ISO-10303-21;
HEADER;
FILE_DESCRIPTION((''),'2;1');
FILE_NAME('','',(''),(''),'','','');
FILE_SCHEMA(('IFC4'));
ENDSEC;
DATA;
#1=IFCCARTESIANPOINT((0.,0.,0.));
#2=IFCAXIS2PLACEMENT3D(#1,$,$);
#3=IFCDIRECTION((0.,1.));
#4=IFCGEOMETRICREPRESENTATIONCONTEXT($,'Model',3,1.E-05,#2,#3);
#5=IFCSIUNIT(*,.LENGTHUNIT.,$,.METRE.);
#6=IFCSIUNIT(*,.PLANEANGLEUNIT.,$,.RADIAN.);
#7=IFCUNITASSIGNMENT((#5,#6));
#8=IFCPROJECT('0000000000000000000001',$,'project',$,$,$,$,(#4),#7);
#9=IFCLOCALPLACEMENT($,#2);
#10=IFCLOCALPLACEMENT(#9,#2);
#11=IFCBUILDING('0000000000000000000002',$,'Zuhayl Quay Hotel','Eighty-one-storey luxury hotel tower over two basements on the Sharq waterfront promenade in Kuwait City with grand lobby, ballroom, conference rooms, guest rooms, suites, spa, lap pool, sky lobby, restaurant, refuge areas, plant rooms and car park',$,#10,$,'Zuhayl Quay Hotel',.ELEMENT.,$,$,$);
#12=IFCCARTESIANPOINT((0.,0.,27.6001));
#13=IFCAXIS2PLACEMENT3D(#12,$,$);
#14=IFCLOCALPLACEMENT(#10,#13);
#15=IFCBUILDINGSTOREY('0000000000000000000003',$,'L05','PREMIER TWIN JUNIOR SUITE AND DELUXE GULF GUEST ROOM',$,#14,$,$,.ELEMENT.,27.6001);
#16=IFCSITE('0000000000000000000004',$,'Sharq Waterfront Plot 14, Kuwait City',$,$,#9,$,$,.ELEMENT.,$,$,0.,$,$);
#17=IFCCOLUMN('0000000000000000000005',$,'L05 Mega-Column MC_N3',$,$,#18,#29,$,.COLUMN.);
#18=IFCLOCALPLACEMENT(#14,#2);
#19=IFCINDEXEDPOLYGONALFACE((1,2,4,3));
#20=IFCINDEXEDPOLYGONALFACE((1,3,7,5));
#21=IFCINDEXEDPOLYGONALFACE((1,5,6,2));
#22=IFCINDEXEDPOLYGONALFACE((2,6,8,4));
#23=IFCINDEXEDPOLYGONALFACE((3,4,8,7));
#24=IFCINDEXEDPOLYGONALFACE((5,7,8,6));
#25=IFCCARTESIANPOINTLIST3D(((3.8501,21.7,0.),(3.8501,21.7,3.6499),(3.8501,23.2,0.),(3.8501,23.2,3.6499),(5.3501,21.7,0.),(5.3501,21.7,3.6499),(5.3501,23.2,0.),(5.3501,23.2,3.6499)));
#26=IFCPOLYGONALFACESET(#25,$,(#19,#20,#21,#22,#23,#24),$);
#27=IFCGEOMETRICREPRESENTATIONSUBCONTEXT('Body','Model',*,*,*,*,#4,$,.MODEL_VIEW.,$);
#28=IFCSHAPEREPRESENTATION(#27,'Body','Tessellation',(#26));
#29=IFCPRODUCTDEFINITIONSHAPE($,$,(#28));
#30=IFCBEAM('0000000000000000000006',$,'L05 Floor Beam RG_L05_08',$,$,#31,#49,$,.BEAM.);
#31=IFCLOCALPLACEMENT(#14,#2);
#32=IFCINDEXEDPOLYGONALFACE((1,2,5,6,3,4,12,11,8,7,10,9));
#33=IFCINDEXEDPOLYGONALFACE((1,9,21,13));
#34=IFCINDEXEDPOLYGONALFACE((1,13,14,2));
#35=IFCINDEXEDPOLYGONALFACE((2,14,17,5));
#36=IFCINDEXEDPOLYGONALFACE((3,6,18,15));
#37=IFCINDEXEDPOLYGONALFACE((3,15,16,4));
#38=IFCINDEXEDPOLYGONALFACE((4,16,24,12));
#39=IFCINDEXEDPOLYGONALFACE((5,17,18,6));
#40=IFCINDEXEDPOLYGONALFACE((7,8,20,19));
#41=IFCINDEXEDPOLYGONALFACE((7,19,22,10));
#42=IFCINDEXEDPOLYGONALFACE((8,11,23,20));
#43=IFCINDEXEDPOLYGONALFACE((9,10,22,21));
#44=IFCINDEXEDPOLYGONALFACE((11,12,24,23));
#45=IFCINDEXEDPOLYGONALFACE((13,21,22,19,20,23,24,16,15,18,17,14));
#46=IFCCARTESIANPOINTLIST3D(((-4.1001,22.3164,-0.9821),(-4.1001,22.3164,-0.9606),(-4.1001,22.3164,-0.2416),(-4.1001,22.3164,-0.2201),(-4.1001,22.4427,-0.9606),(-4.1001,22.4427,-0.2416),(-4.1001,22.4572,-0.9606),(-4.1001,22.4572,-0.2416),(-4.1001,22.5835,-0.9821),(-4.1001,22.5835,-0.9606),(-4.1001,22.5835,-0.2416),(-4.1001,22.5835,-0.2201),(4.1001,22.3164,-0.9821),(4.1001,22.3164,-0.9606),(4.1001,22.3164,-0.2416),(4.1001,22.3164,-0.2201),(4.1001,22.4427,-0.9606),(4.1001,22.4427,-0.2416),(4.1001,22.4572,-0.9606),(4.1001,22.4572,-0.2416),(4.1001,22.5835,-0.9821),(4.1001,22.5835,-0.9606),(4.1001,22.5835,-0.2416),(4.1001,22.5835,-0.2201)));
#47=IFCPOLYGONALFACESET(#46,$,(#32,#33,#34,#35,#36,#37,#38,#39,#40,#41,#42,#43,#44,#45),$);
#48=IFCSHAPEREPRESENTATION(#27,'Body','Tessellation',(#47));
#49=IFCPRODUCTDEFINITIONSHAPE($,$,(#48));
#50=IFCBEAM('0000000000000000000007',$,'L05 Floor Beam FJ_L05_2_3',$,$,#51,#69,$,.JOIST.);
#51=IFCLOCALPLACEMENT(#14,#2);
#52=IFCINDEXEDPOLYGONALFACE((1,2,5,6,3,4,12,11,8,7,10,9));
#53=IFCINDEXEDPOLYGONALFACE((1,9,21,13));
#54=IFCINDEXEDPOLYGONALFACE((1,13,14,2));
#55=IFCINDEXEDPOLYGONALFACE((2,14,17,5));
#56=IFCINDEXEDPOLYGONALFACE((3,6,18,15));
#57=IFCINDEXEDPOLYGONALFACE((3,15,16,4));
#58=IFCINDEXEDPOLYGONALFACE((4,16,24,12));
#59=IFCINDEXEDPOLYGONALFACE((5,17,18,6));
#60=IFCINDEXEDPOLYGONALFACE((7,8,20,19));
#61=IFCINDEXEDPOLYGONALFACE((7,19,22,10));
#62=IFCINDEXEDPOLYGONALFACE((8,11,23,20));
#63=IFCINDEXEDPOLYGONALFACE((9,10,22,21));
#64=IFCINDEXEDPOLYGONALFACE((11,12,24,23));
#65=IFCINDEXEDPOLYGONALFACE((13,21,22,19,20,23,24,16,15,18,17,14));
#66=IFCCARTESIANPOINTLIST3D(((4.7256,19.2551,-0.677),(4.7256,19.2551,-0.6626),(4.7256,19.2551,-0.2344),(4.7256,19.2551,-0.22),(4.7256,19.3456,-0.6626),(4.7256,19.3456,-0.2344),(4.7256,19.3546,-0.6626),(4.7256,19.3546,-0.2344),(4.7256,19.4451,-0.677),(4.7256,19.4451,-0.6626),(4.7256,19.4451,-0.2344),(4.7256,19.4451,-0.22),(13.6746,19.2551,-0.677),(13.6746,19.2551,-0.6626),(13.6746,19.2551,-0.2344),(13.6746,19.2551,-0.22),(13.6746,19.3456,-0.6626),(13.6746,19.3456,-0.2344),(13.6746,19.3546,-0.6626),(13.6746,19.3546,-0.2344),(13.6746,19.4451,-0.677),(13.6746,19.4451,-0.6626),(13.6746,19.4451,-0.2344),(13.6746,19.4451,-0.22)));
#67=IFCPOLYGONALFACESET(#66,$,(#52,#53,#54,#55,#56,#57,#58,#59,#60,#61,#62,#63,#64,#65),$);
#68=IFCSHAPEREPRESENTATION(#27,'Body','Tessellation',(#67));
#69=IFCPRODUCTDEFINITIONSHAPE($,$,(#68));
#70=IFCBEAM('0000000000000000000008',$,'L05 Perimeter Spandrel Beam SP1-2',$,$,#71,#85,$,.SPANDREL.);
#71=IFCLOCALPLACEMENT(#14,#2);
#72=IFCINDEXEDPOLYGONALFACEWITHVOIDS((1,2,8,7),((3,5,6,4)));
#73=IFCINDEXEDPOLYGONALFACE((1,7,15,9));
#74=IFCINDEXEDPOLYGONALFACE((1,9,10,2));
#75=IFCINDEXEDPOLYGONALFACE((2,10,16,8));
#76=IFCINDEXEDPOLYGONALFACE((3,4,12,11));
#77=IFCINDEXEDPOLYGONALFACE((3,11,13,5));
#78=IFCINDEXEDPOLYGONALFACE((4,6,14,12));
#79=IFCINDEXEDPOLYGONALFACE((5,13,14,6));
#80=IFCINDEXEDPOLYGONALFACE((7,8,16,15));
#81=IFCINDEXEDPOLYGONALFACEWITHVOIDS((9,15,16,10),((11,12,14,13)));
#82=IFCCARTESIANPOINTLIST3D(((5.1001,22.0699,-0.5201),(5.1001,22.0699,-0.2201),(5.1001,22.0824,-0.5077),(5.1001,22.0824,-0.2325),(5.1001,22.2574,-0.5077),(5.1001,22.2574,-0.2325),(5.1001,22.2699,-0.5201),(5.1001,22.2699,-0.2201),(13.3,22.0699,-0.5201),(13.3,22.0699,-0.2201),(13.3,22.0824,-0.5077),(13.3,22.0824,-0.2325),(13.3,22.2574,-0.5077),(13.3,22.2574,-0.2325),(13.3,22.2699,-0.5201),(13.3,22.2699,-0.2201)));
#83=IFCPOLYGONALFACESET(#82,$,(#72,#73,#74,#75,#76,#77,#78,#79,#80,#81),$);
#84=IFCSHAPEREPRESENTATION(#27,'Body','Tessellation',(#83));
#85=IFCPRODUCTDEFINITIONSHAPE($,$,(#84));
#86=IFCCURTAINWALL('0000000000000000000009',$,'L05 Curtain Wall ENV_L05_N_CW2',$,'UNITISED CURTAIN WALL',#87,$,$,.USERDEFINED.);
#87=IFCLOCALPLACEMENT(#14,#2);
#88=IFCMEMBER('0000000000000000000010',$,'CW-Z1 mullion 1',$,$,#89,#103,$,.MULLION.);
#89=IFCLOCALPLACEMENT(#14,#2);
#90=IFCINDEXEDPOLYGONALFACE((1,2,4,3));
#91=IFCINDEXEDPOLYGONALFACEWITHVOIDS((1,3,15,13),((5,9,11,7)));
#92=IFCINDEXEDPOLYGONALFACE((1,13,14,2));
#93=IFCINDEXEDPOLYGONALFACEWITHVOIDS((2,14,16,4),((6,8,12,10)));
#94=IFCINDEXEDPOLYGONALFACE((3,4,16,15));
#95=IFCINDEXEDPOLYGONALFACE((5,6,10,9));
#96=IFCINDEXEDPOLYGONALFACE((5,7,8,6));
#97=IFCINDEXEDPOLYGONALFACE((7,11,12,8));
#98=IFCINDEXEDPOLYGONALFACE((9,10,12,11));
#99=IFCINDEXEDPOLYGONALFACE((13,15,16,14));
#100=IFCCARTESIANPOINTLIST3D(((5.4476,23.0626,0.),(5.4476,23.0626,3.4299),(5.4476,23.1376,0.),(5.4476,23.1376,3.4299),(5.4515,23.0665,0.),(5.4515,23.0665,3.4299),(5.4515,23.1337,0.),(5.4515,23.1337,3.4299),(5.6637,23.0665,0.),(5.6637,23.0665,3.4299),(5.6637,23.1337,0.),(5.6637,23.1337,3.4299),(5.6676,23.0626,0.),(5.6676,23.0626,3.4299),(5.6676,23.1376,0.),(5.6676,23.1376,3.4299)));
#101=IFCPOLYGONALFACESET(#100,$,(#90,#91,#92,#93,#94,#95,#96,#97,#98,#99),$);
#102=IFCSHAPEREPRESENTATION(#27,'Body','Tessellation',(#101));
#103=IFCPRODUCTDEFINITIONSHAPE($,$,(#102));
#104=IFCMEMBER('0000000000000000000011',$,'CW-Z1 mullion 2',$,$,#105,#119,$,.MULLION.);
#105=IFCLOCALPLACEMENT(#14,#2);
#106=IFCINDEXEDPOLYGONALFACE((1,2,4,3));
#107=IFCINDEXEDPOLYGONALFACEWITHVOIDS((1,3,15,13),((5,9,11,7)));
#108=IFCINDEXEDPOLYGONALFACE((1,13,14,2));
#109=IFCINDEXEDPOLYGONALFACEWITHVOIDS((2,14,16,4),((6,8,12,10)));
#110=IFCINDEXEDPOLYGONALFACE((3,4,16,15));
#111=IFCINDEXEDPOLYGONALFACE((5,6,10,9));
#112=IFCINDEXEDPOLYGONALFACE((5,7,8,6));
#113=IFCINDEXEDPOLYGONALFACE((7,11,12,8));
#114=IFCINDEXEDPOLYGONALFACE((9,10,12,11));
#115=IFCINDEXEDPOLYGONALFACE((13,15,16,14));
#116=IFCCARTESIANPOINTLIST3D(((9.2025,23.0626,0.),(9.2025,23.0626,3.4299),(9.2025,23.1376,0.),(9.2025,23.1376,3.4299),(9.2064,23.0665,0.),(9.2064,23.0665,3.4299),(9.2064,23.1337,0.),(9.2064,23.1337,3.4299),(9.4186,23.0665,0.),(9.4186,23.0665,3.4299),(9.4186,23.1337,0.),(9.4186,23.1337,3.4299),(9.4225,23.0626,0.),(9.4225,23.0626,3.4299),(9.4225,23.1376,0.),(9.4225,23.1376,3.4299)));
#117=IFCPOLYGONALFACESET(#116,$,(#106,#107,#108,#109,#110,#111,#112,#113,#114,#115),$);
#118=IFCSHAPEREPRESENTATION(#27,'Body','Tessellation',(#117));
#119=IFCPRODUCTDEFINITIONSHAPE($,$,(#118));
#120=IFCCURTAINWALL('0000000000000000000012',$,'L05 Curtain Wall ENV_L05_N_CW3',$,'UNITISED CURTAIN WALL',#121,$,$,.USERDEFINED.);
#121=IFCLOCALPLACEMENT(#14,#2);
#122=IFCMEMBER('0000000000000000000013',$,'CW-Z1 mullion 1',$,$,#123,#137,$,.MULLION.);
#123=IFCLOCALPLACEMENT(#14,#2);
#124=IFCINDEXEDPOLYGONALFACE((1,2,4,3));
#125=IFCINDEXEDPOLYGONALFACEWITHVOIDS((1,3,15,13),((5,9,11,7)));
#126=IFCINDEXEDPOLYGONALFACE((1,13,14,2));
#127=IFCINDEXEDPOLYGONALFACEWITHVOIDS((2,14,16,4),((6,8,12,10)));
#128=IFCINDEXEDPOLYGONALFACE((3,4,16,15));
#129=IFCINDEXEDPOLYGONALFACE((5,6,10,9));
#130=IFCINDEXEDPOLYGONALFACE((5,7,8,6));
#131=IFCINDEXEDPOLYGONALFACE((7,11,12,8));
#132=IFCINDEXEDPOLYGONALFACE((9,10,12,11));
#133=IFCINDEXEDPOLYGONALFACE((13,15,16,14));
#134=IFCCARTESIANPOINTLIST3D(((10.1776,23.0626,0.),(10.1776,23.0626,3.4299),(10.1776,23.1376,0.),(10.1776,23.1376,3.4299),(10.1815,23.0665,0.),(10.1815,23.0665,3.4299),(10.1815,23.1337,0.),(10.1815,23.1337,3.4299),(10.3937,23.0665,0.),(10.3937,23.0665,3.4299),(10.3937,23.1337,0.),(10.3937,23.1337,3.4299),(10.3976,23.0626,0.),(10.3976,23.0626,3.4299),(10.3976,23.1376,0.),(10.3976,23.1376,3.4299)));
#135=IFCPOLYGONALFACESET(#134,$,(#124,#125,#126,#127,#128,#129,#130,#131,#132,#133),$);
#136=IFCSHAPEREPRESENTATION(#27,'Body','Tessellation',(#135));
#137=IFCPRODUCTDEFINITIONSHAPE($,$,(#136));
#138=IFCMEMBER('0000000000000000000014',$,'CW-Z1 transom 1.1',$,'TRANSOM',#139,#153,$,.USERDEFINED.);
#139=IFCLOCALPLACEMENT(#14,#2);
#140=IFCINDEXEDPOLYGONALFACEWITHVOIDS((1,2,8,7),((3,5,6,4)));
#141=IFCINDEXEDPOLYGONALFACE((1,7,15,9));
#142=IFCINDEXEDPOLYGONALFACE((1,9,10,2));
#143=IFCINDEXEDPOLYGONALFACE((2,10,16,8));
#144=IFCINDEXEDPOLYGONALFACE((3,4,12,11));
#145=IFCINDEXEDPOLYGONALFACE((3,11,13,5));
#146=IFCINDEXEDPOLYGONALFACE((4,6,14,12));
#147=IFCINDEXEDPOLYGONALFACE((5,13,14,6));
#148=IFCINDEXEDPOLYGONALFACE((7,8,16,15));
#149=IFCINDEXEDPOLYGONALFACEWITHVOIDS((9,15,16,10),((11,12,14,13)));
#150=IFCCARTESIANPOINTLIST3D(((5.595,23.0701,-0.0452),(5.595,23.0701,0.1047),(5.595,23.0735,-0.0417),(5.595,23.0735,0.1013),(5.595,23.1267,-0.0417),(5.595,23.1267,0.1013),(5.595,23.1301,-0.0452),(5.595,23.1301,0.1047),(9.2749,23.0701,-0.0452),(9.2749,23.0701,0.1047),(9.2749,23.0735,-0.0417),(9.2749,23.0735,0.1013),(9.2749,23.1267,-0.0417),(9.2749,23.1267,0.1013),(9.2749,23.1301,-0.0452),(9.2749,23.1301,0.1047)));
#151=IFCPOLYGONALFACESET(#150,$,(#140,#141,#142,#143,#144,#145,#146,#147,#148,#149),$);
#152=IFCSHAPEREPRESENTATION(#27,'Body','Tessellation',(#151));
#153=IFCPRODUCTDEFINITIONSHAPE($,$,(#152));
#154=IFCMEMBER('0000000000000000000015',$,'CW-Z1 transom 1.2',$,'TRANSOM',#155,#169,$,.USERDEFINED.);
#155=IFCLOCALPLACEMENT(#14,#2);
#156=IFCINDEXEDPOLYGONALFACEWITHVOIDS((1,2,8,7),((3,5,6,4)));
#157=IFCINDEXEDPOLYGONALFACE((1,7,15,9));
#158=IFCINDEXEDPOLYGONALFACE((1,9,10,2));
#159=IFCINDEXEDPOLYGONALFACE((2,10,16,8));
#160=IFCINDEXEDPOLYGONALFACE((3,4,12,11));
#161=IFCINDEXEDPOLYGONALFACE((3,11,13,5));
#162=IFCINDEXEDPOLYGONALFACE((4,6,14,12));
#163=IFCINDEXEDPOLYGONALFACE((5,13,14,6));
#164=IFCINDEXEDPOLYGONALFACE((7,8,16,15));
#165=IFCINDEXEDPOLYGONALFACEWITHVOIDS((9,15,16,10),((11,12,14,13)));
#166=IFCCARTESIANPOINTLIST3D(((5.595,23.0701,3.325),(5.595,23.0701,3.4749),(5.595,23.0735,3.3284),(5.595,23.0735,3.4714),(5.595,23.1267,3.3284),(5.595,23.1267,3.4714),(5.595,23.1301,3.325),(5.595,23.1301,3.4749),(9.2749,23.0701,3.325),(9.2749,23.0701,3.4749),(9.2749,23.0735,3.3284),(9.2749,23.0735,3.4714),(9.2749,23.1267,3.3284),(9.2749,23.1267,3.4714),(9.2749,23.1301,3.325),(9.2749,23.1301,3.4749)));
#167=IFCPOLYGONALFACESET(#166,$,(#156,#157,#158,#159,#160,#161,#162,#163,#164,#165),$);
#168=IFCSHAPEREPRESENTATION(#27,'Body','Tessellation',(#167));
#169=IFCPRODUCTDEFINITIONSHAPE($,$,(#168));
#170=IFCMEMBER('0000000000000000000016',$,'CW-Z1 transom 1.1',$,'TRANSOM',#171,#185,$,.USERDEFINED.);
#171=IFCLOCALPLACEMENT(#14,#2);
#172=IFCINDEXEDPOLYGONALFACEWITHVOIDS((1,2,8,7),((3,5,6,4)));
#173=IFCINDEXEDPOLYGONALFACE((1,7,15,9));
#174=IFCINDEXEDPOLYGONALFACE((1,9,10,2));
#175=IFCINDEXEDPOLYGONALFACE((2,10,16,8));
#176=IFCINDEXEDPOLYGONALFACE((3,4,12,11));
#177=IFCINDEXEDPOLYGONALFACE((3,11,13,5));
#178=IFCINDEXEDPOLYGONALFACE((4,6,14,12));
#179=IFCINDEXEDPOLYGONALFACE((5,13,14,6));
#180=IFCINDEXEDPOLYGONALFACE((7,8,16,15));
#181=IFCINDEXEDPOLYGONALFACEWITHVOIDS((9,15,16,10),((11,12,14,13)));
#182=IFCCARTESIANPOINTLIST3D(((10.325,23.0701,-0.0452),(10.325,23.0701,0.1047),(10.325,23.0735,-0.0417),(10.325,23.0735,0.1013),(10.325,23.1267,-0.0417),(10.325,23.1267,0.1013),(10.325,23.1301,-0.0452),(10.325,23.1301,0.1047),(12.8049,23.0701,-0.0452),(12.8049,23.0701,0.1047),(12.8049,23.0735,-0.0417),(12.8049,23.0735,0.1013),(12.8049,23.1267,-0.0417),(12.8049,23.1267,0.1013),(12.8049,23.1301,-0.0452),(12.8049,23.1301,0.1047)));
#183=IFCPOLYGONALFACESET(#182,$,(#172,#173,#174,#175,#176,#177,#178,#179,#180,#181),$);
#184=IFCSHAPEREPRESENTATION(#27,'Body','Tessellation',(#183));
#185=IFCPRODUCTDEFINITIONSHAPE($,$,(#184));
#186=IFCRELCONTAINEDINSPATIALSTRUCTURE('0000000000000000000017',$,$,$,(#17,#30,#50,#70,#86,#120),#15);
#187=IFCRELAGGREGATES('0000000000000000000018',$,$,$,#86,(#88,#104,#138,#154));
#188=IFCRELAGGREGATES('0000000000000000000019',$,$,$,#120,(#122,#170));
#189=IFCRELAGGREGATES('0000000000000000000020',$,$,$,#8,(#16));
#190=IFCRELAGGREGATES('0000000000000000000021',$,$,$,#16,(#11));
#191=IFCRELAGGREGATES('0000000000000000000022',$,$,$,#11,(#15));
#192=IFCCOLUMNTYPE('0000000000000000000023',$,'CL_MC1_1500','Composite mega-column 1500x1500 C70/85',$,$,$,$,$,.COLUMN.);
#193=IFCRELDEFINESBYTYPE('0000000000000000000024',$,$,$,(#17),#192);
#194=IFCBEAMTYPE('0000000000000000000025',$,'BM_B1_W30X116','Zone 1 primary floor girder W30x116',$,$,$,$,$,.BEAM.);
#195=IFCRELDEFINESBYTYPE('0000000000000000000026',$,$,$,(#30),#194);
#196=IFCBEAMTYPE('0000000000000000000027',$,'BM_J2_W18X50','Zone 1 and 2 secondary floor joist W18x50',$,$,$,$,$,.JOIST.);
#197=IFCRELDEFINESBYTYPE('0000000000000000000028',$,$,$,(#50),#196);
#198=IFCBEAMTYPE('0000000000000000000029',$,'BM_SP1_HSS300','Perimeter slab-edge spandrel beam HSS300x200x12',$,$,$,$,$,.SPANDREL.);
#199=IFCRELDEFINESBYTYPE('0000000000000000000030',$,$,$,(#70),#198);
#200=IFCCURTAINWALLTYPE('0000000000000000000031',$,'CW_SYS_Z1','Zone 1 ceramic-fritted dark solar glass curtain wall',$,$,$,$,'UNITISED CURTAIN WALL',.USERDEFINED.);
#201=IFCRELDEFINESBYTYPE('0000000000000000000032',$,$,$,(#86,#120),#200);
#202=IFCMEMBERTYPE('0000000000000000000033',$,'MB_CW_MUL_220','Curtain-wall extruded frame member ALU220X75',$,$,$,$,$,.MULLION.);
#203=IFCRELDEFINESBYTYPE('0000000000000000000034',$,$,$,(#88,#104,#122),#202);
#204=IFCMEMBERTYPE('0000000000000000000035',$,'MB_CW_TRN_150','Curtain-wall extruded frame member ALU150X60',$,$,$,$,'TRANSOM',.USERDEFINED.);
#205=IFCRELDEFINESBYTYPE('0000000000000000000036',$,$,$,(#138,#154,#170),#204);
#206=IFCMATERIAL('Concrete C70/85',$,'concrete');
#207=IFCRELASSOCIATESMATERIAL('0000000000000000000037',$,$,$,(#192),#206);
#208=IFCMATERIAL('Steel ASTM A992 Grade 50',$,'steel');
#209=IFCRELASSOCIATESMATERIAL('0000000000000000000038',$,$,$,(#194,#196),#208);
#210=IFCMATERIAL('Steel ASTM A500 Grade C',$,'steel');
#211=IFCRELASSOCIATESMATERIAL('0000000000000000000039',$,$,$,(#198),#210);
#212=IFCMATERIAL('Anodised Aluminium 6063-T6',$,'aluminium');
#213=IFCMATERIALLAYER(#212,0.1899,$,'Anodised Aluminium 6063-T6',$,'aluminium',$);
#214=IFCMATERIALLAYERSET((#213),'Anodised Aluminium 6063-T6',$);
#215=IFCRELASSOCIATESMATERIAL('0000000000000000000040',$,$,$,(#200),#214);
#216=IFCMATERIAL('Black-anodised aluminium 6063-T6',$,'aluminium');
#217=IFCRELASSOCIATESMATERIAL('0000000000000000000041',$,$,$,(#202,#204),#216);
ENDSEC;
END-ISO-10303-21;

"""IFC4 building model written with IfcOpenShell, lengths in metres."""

from ifc_helpers import new_model, si_unit, direction, frame, origin, origin_2d, place, context, subcontext, project, spatial, rectangle, hollow_rectangle, i_section, extrude, material, layer, layer_set, material_profile, profile_set, type_object, element, aggregate, save


model = new_model("IFC4")

# Units and contexts
model_context = context("Model", 3, precision=1e-05, world=origin(), true_north=direction((0.0, 1.0)))
body_context = subcontext(model_context, "Body", "Model", "MODEL_VIEW")
ifc_project = project(units=[si_unit("LENGTHUNIT", "METRE"), si_unit("PLANEANGLEUNIT", "RADIAN")], contexts=[model_context])

# Site, building, storey
site_placement = place(None, origin())
site = spatial("IfcSite", under=ifc_project, at=site_placement, Name="Sharq Waterfront Plot 14, Kuwait City", CompositionType="ELEMENT", RefElevation=0.0)
building_placement = place(site_placement, origin())
building = spatial("IfcBuilding", under=site, at=building_placement, Name="Zuhayl Quay Hotel", Description="Eighty-one-storey luxury hotel tower over two basements on the Sharq waterfront promenade in Kuwait City with grand lobby, ballroom, conference rooms, guest rooms, suites, spa, lap pool, sky lobby, restaurant, refuge areas, plant rooms and car park", LongName="Zuhayl Quay Hotel", CompositionType="ELEMENT")
storey_placement = place(building_placement, frame((0.0, 0.0, 27.6001)))
storey = spatial("IfcBuildingStorey", under=building, at=storey_placement, Name="L05", Description="PREMIER TWIN JUNIOR SUITE AND DELUXE GULF GUEST ROOM", CompositionType="ELEMENT", Elevation=27.6001)

# Column
ifc_material_1 = material(Name="Concrete C70/85", Category="concrete")
ifc_material_profile_1 = material_profile(ifc_material_1, rectangle(XDim=1.5, YDim=1.5, at=origin_2d()), Name="RC1500X1500")
ifc_profile_set_1 = profile_set([ifc_material_profile_1], Name="Concrete C70/85")
column_type = type_object("IfcColumnType", Name="CL_MC1_1500", Description="Composite mega-column 1500x1500 C70/85", PredefinedType="COLUMN", material=ifc_profile_set_1)
column_placement = place(storey_placement, frame((4.6001, 22.45, 0.0), z_axis=(0.0, 0.0, 1.0), x_axis=(1.0, 0.0, 0.0)))
element("IfcColumn", 1, at=column_placement, inside=storey, type_object=column_type, Name="L05 Mega-Column MC_N3", PredefinedType="COLUMN", context=body_context, shape_type="SweptSolid", body=[
    extrude(rectangle(XDim=1.5, YDim=1.5, at=origin_2d()), origin(), (0.0, 0.0, 1.0), 3.6499),
])

# Beams
ifc_material_2 = material(Name="Steel ASTM A992 Grade 50", Category="steel")
ifc_material_profile_2 = material_profile(ifc_material_2, i_section(OverallWidth=0.2671, OverallDepth=0.762, WebThickness=0.0144, FlangeThickness=0.0215, at=origin_2d()), Name="W30X116")
ifc_profile_set_2 = profile_set([ifc_material_profile_2], Name="Steel ASTM A992 Grade 50")
beam_type_1 = type_object("IfcBeamType", Name="BM_B1_W30X116", Description="Zone 1 primary floor girder W30x116", PredefinedType="BEAM", material=ifc_profile_set_2)
beam_1_placement = place(storey_placement, frame((4.1001, 22.45, -0.6011), z_axis=(-1.0, 0.0, 0.0), x_axis=(0.0, -1.0, 0.0)))
element("IfcBeam", 2, at=beam_1_placement, inside=storey, type_object=beam_type_1, Name="L05 Floor Beam RG_L05_08", PredefinedType="BEAM", context=body_context, shape_type="SweptSolid", body=[
    extrude(i_section(OverallWidth=0.2671, OverallDepth=0.762, WebThickness=0.0144, FlangeThickness=0.0215, at=origin_2d()), origin(), (0.0, 0.0, 1.0), 8.2002),
])
ifc_material_profile_3 = material_profile(ifc_material_2, i_section(OverallWidth=0.1899, OverallDepth=0.457, WebThickness=0.009, FlangeThickness=0.0144, at=origin_2d()), Name="W18X50")
ifc_profile_set_3 = profile_set([ifc_material_profile_3], Name="Steel ASTM A992 Grade 50")
beam_type_2 = type_object("IfcBeamType", Name="BM_J2_W18X50", Description="Zone 1 and 2 secondary floor joist W18x50", PredefinedType="JOIST", material=ifc_profile_set_3)
beam_2_placement = place(storey_placement, frame((4.7256, 19.3501, -0.4485), z_axis=(1.0, 0.0, 0.0), x_axis=(0.0, 1.0, 0.0)))
element("IfcBeam", 3, at=beam_2_placement, inside=storey, type_object=beam_type_2, Name="L05 Floor Beam FJ_L05_2_3", PredefinedType="JOIST", context=body_context, shape_type="SweptSolid", body=[
    extrude(i_section(OverallWidth=0.1899, OverallDepth=0.457, WebThickness=0.009, FlangeThickness=0.0144, at=origin_2d()), origin(), (0.0, 0.0, 1.0), 8.949),
])
ifc_material_3 = material(Name="Steel ASTM A500 Grade C", Category="steel")
ifc_material_profile_4 = material_profile(ifc_material_3, hollow_rectangle(XDim=0.2, YDim=0.3, WallThickness=0.0125, at=origin_2d()), Name="HSS300X200X12")
ifc_profile_set_4 = profile_set([ifc_material_profile_4], Name="Steel ASTM A500 Grade C")
beam_type_3 = type_object("IfcBeamType", Name="BM_SP1_HSS300", Description="Perimeter slab-edge spandrel beam HSS300x200x12", PredefinedType="SPANDREL", material=ifc_profile_set_4)
beam_3_placement = place(storey_placement, frame((5.1001, 22.1699, -0.3701), z_axis=(1.0, 0.0, 0.0), x_axis=(0.0, 1.0, 0.0)))
element("IfcBeam", 4, at=beam_3_placement, inside=storey, type_object=beam_type_3, Name="L05 Perimeter Spandrel Beam SP1-2", PredefinedType="SPANDREL", context=body_context, shape_type="SweptSolid", body=[
    extrude(hollow_rectangle(XDim=0.2, YDim=0.3, WallThickness=0.0125, at=origin_2d()), origin(), (0.0, 0.0, 1.0), 8.2),
])

# Curtain wall, members
ifc_material_4 = material(Name="Anodised Aluminium 6063-T6", Category="aluminium")
ifc_layer_1 = layer(ifc_material_4, 0.1899, Name="Anodised Aluminium 6063-T6", Category="aluminium")
ifc_layer_set_1 = layer_set([ifc_layer_1], Name="Anodised Aluminium 6063-T6")
curtain_wall_type = type_object("IfcCurtainWallType", Name="CW_SYS_Z1", Description="Zone 1 ceramic-fritted dark solar glass curtain wall", ElementType="UNITISED CURTAIN WALL", PredefinedType="USERDEFINED", material=ifc_layer_set_1)
curtain_wall_1_placement = place(storey_placement, origin())
curtain_wall_1 = element("IfcCurtainWall", 5, at=curtain_wall_1_placement, inside=storey, type_object=curtain_wall_type, Name="L05 Curtain Wall ENV_L05_N_CW2", ObjectType="UNITISED CURTAIN WALL", PredefinedType="USERDEFINED")
ifc_material_5 = material(Name="Black-anodised aluminium 6063-T6", Category="aluminium")
ifc_material_profile_5 = material_profile(ifc_material_5, hollow_rectangle(XDim=0.075, YDim=0.22, WallThickness=0.0039, at=origin_2d()), Name="ALU220X75")
ifc_profile_set_5 = profile_set([ifc_material_profile_5], Name="Black-anodised aluminium 6063-T6")
member_type_1 = type_object("IfcMemberType", Name="MB_CW_MUL_220", Description="Curtain-wall extruded frame member ALU220X75", PredefinedType="MULLION", material=ifc_profile_set_5)
member_1_placement = place(storey_placement, frame((5.5576, 23.1001, 0.0), z_axis=(0.0, 0.0, 1.0), x_axis=(0.0, 1.0, 0.0)))
member_1 = element("IfcMember", 6, at=member_1_placement, type_object=member_type_1, Name="CW-Z1 mullion 1", PredefinedType="MULLION", context=body_context, shape_type="SweptSolid", body=[
    extrude(hollow_rectangle(XDim=0.075, YDim=0.22, WallThickness=0.0039, at=origin_2d()), origin(), (0.0, 0.0, 1.0), 3.4299),
])
member_2_placement = place(storey_placement, frame((9.3125, 23.1001, 0.0), z_axis=(0.0, 0.0, 1.0), x_axis=(0.0, 1.0, 0.0)))
member_2 = element("IfcMember", 7, at=member_2_placement, type_object=member_type_1, Name="CW-Z1 mullion 2", PredefinedType="MULLION", context=body_context, shape_type="SweptSolid", body=[
    extrude(hollow_rectangle(XDim=0.075, YDim=0.22, WallThickness=0.0039, at=origin_2d()), origin(), (0.0, 0.0, 1.0), 3.4299),
])

# Curtain wall, member
curtain_wall_2_placement = place(storey_placement, origin())
curtain_wall_2 = element("IfcCurtainWall", 8, at=curtain_wall_2_placement, inside=storey, type_object=curtain_wall_type, Name="L05 Curtain Wall ENV_L05_N_CW3", ObjectType="UNITISED CURTAIN WALL", PredefinedType="USERDEFINED")
member_3_placement = place(storey_placement, frame((10.2876, 23.1001, 0.0), z_axis=(0.0, 0.0, 1.0), x_axis=(0.0, 1.0, 0.0)))
member_3 = element("IfcMember", 9, at=member_3_placement, type_object=member_type_1, Name="CW-Z1 mullion 1", PredefinedType="MULLION", context=body_context, shape_type="SweptSolid", body=[
    extrude(hollow_rectangle(XDim=0.075, YDim=0.22, WallThickness=0.0039, at=origin_2d()), origin(), (0.0, 0.0, 1.0), 3.4299),
])

# Members
ifc_material_profile_6 = material_profile(ifc_material_5, hollow_rectangle(XDim=0.0601, YDim=0.1499, WallThickness=0.0034, at=origin_2d()), Name="ALU150X60")
ifc_profile_set_6 = profile_set([ifc_material_profile_6], Name="Black-anodised aluminium 6063-T6")
member_type_2 = type_object("IfcMemberType", Name="MB_CW_TRN_150", Description="Curtain-wall extruded frame member ALU150X60", ElementType="TRANSOM", PredefinedType="USERDEFINED", material=ifc_profile_set_6)
member_4_placement = place(storey_placement, frame((5.595, 23.1001, 0.0298), z_axis=(1.0, 0.0, 0.0), x_axis=(0.0, 1.0, 0.0)))
member_4 = element("IfcMember", 10, at=member_4_placement, type_object=member_type_2, Name="CW-Z1 transom 1.1", ObjectType="TRANSOM", PredefinedType="USERDEFINED", context=body_context, shape_type="SweptSolid", body=[
    extrude(hollow_rectangle(XDim=0.0601, YDim=0.1499, WallThickness=0.0034, at=origin_2d()), origin(), (0.0, 0.0, 1.0), 3.6799),
])
member_5_placement = place(storey_placement, frame((5.595, 23.1001, 3.3999), z_axis=(1.0, 0.0, 0.0), x_axis=(0.0, 1.0, 0.0)))
member_5 = element("IfcMember", 11, at=member_5_placement, type_object=member_type_2, Name="CW-Z1 transom 1.2", ObjectType="TRANSOM", PredefinedType="USERDEFINED", context=body_context, shape_type="SweptSolid", body=[
    extrude(hollow_rectangle(XDim=0.0601, YDim=0.1499, WallThickness=0.0034, at=origin_2d()), origin(), (0.0, 0.0, 1.0), 3.6799),
])
member_6_placement = place(storey_placement, frame((10.325, 23.1001, 0.0298), z_axis=(1.0, 0.0, 0.0), x_axis=(0.0, 1.0, 0.0)))
member_6 = element("IfcMember", 12, at=member_6_placement, type_object=member_type_2, Name="CW-Z1 transom 1.1", ObjectType="TRANSOM", PredefinedType="USERDEFINED", context=body_context, shape_type="SweptSolid", body=[
    extrude(hollow_rectangle(XDim=0.0601, YDim=0.1499, WallThickness=0.0034, at=origin_2d()), origin(), (0.0, 0.0, 1.0), 2.48),
])

aggregate(curtain_wall_1, [member_1, member_2, member_4, member_5])
aggregate(curtain_wall_2, [member_3, member_6])

save(model, "model.ifc")
